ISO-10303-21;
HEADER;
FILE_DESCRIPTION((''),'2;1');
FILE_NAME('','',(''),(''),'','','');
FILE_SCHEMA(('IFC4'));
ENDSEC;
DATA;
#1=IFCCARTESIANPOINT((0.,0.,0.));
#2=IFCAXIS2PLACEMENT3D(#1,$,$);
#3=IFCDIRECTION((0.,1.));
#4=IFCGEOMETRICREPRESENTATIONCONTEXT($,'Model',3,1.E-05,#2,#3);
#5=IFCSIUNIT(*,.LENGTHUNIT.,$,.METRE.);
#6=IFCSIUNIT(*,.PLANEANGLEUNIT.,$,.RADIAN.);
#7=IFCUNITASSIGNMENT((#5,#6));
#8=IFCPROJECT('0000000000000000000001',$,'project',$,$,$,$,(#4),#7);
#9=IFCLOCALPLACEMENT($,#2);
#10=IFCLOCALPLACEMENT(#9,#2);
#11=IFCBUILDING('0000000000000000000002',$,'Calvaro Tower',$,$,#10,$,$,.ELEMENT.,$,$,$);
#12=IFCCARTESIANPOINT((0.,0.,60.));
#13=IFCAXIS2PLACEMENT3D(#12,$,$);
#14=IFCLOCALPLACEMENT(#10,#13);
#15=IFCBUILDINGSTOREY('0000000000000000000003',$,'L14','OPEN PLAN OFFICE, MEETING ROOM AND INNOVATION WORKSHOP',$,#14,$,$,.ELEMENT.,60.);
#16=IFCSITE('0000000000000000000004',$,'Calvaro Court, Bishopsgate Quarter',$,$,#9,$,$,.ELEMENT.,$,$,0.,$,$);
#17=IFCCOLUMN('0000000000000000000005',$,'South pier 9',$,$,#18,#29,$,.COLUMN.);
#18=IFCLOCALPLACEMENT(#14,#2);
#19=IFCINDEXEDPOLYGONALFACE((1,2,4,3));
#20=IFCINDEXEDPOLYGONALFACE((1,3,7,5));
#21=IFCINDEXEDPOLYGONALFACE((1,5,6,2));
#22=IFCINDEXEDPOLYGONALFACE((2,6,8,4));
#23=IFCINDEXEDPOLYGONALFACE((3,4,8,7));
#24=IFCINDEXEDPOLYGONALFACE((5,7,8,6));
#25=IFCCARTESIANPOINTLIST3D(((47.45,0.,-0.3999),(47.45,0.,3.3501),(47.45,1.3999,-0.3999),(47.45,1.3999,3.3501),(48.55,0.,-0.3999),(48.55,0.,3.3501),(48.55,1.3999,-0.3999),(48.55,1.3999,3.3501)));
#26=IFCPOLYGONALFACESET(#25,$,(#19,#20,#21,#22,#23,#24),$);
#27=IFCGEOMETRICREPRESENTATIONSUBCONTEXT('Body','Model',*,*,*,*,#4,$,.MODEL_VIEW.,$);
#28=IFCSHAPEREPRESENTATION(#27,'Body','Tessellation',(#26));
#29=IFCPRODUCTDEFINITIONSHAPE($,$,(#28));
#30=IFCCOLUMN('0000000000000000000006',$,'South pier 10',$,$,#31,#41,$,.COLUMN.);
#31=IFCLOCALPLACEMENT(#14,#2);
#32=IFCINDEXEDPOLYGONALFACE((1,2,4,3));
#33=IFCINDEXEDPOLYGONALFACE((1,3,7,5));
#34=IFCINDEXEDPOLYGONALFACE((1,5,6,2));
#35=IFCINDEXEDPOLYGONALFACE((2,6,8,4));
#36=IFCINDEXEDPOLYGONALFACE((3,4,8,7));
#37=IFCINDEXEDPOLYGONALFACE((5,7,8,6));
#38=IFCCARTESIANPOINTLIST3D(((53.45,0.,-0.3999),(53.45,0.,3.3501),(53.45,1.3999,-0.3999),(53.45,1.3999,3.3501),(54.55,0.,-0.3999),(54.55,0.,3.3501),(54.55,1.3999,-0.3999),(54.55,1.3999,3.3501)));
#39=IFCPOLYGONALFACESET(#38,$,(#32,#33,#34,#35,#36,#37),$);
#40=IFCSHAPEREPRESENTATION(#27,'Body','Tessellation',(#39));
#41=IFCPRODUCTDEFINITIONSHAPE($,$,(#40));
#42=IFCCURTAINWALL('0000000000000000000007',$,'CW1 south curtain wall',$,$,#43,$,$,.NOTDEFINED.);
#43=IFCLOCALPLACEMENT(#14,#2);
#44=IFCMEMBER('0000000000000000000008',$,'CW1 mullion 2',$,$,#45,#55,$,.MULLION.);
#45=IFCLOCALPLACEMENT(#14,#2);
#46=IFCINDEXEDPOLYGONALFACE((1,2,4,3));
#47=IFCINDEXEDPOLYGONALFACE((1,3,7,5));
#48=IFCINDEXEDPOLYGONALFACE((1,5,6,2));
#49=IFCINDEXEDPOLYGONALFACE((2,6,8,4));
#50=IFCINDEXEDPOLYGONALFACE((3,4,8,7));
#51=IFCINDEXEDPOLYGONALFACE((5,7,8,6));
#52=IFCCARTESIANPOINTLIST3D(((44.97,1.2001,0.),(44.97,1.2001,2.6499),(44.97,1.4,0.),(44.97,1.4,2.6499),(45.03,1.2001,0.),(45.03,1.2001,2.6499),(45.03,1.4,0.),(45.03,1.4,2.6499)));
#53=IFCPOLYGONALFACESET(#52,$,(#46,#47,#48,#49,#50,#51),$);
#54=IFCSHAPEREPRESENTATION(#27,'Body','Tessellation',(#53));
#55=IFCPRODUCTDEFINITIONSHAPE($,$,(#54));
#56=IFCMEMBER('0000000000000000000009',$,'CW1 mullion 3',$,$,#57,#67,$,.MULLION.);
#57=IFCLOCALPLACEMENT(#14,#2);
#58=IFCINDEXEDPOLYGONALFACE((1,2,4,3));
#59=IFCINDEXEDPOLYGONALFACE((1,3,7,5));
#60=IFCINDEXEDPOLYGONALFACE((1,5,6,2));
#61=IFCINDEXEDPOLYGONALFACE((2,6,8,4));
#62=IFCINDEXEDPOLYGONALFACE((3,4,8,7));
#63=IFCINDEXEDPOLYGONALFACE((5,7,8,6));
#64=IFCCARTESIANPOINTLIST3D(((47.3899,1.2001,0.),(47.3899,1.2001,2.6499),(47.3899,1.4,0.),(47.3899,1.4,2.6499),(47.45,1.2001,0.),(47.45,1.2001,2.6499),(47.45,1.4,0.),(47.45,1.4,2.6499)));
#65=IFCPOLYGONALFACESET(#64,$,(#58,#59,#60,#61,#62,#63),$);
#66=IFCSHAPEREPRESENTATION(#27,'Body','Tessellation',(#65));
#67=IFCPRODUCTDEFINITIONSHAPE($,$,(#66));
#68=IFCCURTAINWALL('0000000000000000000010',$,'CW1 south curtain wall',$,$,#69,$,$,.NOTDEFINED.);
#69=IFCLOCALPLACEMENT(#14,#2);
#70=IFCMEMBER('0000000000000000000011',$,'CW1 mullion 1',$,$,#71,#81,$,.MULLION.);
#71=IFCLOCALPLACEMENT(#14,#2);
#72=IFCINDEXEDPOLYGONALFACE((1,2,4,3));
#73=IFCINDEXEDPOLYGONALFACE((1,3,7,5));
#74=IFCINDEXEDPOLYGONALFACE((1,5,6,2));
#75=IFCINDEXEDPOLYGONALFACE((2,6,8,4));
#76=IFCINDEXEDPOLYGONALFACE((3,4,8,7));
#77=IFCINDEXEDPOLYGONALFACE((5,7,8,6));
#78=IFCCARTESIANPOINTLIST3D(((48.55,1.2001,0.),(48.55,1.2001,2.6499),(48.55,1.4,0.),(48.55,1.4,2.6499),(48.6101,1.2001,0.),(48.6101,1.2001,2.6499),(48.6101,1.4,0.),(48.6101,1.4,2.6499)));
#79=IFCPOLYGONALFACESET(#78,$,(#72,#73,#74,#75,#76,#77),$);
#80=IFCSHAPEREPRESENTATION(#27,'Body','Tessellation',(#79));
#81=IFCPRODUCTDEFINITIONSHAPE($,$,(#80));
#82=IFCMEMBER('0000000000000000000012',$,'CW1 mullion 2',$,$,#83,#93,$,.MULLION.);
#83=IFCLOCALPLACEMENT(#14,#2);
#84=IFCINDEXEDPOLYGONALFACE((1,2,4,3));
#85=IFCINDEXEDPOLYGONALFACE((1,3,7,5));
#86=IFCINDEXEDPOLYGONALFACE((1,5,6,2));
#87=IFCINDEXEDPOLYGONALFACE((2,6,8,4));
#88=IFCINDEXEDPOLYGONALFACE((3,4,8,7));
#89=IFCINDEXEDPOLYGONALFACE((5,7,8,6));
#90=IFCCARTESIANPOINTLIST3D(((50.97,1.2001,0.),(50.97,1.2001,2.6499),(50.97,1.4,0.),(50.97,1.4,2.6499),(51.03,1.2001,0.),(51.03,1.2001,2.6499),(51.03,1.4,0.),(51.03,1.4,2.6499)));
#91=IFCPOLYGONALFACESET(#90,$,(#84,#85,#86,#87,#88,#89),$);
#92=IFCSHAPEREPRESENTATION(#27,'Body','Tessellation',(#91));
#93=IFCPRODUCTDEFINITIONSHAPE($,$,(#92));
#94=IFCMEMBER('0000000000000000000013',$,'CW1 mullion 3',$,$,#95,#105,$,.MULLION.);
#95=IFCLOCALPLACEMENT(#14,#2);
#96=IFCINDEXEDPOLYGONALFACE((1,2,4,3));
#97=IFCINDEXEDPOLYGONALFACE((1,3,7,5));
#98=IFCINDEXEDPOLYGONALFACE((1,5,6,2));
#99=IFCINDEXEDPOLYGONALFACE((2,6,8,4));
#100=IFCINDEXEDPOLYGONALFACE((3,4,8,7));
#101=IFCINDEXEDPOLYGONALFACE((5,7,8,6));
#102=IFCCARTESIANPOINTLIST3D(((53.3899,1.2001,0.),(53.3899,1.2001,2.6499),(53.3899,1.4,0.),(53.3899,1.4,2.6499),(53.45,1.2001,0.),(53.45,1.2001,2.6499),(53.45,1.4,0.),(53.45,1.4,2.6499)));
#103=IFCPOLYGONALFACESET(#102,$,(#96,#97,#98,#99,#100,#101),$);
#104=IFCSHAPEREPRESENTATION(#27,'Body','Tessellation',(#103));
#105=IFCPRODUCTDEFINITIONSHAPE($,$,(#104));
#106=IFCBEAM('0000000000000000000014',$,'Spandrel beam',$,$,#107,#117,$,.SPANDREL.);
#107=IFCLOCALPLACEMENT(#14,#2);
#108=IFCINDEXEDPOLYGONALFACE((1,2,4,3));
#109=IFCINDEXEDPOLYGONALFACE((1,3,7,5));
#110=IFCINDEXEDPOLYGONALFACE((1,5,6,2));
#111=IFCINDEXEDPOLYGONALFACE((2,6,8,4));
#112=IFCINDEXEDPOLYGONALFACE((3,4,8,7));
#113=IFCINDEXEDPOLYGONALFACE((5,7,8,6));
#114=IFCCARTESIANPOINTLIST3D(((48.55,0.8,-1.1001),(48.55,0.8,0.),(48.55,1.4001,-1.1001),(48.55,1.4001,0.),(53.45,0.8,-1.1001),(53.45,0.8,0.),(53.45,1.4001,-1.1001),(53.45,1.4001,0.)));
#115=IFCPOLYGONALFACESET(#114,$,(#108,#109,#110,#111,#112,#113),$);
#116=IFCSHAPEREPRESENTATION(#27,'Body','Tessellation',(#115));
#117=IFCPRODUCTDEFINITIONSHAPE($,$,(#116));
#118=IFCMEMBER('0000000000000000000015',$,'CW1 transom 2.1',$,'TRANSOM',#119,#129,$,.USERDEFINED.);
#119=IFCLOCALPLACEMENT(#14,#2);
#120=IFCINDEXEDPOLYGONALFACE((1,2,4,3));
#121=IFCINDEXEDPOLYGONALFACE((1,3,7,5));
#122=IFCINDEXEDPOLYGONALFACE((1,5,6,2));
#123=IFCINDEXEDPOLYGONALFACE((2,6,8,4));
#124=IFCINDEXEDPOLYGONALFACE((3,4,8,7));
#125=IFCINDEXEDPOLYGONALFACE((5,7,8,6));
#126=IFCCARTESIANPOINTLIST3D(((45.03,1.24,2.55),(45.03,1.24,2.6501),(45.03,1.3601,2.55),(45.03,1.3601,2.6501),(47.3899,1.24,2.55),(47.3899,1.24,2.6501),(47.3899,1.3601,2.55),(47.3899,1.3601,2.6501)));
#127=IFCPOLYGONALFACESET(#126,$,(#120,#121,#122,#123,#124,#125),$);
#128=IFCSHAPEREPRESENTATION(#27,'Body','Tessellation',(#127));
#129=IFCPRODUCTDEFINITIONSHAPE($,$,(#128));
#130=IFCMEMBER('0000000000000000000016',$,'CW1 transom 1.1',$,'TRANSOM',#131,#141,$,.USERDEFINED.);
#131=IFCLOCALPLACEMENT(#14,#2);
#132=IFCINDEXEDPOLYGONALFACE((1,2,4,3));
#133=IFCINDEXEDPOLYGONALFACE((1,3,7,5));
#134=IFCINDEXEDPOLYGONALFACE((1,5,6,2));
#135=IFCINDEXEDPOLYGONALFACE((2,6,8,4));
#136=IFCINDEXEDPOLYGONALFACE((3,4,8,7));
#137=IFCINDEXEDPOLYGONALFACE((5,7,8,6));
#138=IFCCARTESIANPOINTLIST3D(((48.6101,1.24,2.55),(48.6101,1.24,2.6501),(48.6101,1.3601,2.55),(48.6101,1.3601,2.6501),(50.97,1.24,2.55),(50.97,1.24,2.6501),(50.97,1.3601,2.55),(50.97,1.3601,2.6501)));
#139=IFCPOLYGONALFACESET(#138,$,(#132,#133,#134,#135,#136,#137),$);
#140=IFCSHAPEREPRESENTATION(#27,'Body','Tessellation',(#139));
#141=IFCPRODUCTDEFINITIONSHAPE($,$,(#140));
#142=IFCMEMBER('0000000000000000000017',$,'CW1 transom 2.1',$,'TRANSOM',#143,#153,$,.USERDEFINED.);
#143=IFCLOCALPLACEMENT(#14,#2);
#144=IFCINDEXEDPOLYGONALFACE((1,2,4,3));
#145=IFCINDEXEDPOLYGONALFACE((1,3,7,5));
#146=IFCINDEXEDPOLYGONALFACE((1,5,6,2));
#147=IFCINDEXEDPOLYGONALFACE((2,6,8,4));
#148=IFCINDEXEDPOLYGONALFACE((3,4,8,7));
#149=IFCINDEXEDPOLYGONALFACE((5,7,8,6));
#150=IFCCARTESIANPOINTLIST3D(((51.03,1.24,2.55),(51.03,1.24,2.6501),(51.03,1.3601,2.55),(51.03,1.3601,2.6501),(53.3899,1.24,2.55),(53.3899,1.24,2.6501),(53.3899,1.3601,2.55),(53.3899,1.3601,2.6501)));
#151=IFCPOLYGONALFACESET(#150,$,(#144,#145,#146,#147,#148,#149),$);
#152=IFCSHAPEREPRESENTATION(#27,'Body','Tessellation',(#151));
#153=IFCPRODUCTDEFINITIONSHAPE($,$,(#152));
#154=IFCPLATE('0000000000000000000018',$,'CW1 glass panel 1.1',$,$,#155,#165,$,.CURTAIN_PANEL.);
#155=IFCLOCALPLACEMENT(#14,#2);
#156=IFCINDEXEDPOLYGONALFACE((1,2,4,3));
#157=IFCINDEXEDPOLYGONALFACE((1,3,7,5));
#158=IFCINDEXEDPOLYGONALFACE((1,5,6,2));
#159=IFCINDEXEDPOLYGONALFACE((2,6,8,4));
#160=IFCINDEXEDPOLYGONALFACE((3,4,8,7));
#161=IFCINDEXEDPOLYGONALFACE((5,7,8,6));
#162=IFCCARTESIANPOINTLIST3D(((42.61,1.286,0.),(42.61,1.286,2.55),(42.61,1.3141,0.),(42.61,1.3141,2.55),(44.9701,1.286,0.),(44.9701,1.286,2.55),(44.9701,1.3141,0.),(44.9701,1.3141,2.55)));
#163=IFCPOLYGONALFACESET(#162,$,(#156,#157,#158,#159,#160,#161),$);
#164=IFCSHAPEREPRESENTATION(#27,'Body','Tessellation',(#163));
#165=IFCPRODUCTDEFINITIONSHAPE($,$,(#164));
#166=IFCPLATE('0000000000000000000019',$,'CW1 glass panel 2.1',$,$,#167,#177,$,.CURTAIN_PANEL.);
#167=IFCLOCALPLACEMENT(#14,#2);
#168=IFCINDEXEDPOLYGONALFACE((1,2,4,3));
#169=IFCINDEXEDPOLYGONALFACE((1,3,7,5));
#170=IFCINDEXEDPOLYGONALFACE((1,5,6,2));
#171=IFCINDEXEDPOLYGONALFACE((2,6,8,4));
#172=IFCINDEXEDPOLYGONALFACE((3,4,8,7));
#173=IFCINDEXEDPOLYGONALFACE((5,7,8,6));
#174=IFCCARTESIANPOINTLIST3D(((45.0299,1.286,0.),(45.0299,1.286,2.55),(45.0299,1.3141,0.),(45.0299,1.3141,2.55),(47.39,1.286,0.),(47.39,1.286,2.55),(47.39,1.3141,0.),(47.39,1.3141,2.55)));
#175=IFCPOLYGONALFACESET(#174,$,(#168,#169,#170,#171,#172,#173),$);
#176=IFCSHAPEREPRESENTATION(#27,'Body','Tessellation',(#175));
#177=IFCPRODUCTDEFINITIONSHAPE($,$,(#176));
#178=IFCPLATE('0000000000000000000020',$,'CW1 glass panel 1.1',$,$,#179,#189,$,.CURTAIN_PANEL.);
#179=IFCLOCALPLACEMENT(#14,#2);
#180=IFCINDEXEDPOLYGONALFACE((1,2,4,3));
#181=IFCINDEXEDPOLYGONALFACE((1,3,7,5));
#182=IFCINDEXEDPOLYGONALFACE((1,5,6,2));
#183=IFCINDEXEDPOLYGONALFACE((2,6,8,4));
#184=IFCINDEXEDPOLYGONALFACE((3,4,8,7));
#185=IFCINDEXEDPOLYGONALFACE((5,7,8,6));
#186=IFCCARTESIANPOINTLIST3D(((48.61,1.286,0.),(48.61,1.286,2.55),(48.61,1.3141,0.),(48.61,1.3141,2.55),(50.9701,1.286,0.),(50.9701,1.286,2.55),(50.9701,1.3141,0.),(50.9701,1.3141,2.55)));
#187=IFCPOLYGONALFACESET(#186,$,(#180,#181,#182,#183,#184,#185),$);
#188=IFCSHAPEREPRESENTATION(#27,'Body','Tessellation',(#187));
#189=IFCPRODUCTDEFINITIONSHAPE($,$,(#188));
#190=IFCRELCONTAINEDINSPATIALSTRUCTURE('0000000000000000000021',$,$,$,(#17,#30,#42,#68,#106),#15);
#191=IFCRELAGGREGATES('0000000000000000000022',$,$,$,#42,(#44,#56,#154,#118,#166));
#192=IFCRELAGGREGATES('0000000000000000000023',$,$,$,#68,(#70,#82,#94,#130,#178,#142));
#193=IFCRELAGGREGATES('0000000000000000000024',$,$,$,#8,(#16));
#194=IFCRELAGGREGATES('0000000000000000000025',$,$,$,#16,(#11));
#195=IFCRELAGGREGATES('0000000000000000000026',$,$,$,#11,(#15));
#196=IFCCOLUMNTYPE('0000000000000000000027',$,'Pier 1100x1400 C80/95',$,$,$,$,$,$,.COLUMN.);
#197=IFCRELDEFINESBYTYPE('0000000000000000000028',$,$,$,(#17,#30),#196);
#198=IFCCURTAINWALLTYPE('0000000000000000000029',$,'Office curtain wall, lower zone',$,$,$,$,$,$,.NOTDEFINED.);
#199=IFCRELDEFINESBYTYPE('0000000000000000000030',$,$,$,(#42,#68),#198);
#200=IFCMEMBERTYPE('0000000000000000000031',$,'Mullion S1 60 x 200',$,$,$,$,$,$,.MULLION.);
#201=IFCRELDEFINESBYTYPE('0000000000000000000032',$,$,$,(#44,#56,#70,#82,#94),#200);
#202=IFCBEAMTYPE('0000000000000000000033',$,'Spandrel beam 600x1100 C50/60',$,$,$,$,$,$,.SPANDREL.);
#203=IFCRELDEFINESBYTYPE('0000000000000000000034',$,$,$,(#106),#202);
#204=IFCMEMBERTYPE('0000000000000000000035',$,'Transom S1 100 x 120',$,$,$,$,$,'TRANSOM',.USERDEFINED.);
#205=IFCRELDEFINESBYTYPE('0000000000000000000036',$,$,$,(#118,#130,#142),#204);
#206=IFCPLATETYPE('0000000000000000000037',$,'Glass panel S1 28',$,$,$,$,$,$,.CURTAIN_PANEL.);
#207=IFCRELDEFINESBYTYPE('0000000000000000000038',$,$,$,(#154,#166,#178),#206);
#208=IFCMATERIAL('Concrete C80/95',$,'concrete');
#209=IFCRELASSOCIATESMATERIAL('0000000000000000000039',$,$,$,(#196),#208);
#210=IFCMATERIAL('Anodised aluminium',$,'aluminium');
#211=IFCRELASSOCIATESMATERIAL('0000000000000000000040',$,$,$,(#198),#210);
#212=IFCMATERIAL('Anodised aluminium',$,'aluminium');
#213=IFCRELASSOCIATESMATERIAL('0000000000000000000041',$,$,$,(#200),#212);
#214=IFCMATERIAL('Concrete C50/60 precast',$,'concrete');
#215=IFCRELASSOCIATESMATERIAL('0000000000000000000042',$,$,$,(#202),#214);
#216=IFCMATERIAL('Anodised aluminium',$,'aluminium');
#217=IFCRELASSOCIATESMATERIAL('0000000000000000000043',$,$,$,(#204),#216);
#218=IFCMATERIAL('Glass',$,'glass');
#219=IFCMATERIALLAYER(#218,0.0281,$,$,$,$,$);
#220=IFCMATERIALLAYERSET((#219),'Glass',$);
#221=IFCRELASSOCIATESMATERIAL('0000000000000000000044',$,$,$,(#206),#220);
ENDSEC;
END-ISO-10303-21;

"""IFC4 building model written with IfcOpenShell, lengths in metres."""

from ifc_helpers import new_model, si_unit, direction, frame, origin, origin_2d, place, context, subcontext, project, spatial, rectangle, extrude, material, layer, layer_set, material_profile, profile_set, type_object, element, aggregate, save


model = new_model("IFC4")

# Units and contexts
model_context = context("Model", 3, precision=1e-05, world=origin(), true_north=direction((0.0, 1.0)))
body_context = subcontext(model_context, "Body", "Model", "MODEL_VIEW")
ifc_project = project(units=[si_unit("LENGTHUNIT", "METRE"), si_unit("PLANEANGLEUNIT", "RADIAN")], contexts=[model_context])

# Site, building, storey
site_placement = place(None, origin())
site = spatial("IfcSite", under=ifc_project, at=site_placement, Name="Calvaro Court, Bishopsgate Quarter", CompositionType="ELEMENT", RefElevation=0.0)
building_placement = place(site_placement, origin())
building = spatial("IfcBuilding", under=site, at=building_placement, Name="Calvaro Tower", CompositionType="ELEMENT")
storey_placement = place(building_placement, frame((0.0, 0.0, 60.0)))
storey = spatial("IfcBuildingStorey", under=building, at=storey_placement, Name="L14", Description="OPEN PLAN OFFICE, MEETING ROOM AND INNOVATION WORKSHOP", CompositionType="ELEMENT", Elevation=60.0)

# Columns
ifc_material_1 = material(Name="Concrete C80/95", Category="concrete")
ifc_material_profile_1 = material_profile(ifc_material_1, rectangle(XDim=1.1001, YDim=1.3999, at=origin_2d()), Name="RC 1100x1400")
ifc_profile_set_1 = profile_set([ifc_material_profile_1], Name="Concrete C80/95")
column_type = type_object("IfcColumnType", Name="Pier 1100x1400 C80/95", PredefinedType="COLUMN", material=ifc_profile_set_1)
for number, where, z_axis, x_axis, name in (
    (1, (48.0, 0.7, -0.3999), (0.0, 0.0, 1.0), (1.0, 0.0, 0.0), "South pier 9"),
    (2, (54.0, 0.7, -0.3999), (0.0, 0.0, 1.0), (1.0, 0.0, 0.0), "South pier 10"),
):
    element("IfcColumn", number, at=place(storey_placement, frame(where, z_axis=z_axis, x_axis=x_axis)), inside=storey, type_object=column_type, Name=name, PredefinedType="COLUMN", context=body_context, shape_type="SweptSolid", body=[
        extrude(rectangle(XDim=1.1001, YDim=1.3999, at=origin_2d()), origin(), (0.0, 0.0, 1.0), 3.75),
    ])

# Curtain walls, members
ifc_material_2 = material(Name="Anodised aluminium", Category="aluminium")
curtain_wall_type = type_object("IfcCurtainWallType", Name="Office curtain wall, lower zone", PredefinedType="NOTDEFINED", material=ifc_material_2)
curtain_wall_1_placement = place(storey_placement, origin())
curtain_wall_1 = element("IfcCurtainWall", 3, at=curtain_wall_1_placement, inside=storey, type_object=curtain_wall_type, Name="CW1 south curtain wall", PredefinedType="NOTDEFINED")
ifc_material_3 = material(Name="Anodised aluminium", Category="aluminium")
ifc_material_profile_2 = material_profile(ifc_material_3, rectangle(XDim=0.2, YDim=0.0601, at=origin_2d()), Name="Mullion S1 60 x 200")
ifc_profile_set_2 = profile_set([ifc_material_profile_2], Name="Anodised aluminium")
member_type_1 = type_object("IfcMemberType", Name="Mullion S1 60 x 200", PredefinedType="MULLION", material=ifc_profile_set_2)
member_1_placement = place(storey_placement, frame((45.0, 1.3, 0.0), z_axis=(0.0, 0.0, 1.0), x_axis=(0.0, 1.0, 0.0)))
member_1 = element("IfcMember", 4, at=member_1_placement, type_object=member_type_1, Name="CW1 mullion 2", PredefinedType="MULLION", context=body_context, shape_type="SweptSolid", body=[
    extrude(rectangle(XDim=0.2, YDim=0.0601, at=origin_2d()), origin(), (0.0, 0.0, 1.0), 2.6499),
])
member_2_placement = place(storey_placement, frame((47.4199, 1.3, 0.0), z_axis=(0.0, 0.0, 1.0), x_axis=(0.0, 1.0, 0.0)))
member_2 = element("IfcMember", 5, at=member_2_placement, type_object=member_type_1, Name="CW1 mullion 3", PredefinedType="MULLION", context=body_context, shape_type="SweptSolid", body=[
    extrude(rectangle(XDim=0.2, YDim=0.0601, at=origin_2d()), origin(), (0.0, 0.0, 1.0), 2.6499),
])
curtain_wall_2_placement = place(storey_placement, origin())
curtain_wall_2 = element("IfcCurtainWall", 6, at=curtain_wall_2_placement, inside=storey, type_object=curtain_wall_type, Name="CW1 south curtain wall", PredefinedType="NOTDEFINED")
member_3_placement = place(storey_placement, frame((48.5801, 1.3, 0.0), z_axis=(0.0, 0.0, 1.0), x_axis=(0.0, 1.0, 0.0)))
member_3 = element("IfcMember", 7, at=member_3_placement, type_object=member_type_1, Name="CW1 mullion 1", PredefinedType="MULLION", context=body_context, shape_type="SweptSolid", body=[
    extrude(rectangle(XDim=0.2, YDim=0.0601, at=origin_2d()), origin(), (0.0, 0.0, 1.0), 2.6499),
])
member_4_placement = place(storey_placement, frame((51.0, 1.3, 0.0), z_axis=(0.0, 0.0, 1.0), x_axis=(0.0, 1.0, 0.0)))
member_4 = element("IfcMember", 8, at=member_4_placement, type_object=member_type_1, Name="CW1 mullion 2", PredefinedType="MULLION", context=body_context, shape_type="SweptSolid", body=[
    extrude(rectangle(XDim=0.2, YDim=0.0601, at=origin_2d()), origin(), (0.0, 0.0, 1.0), 2.6499),
])
member_5_placement = place(storey_placement, frame((53.4199, 1.3, 0.0), z_axis=(0.0, 0.0, 1.0), x_axis=(0.0, 1.0, 0.0)))
member_5 = element("IfcMember", 9, at=member_5_placement, type_object=member_type_1, Name="CW1 mullion 3", PredefinedType="MULLION", context=body_context, shape_type="SweptSolid", body=[
    extrude(rectangle(XDim=0.2, YDim=0.0601, at=origin_2d()), origin(), (0.0, 0.0, 1.0), 2.6499),
])

# Beam
ifc_material_4 = material(Name="Concrete C50/60 precast", Category="concrete")
ifc_material_profile_3 = material_profile(ifc_material_4, rectangle(XDim=0.6001, YDim=1.1001, at=origin_2d()), Name="RC 600x1100")
ifc_profile_set_3 = profile_set([ifc_material_profile_3], Name="Concrete C50/60 precast")
beam_type = type_object("IfcBeamType", Name="Spandrel beam 600x1100 C50/60", PredefinedType="SPANDREL", material=ifc_profile_set_3)
beam_placement = place(storey_placement, frame((48.55, 1.1001, -0.55), z_axis=(1.0, 0.0, 0.0), x_axis=(0.0, 1.0, 0.0)))
element("IfcBeam", 10, at=beam_placement, inside=storey, type_object=beam_type, Name="Spandrel beam", PredefinedType="SPANDREL", context=body_context, shape_type="SweptSolid", body=[
    extrude(rectangle(XDim=0.6001, YDim=1.1001, at=origin_2d()), origin(), (0.0, 0.0, 1.0), 4.8999),
])

# Members
ifc_material_5 = material(Name="Anodised aluminium", Category="aluminium")
ifc_material_profile_4 = material_profile(ifc_material_5, rectangle(XDim=0.1201, YDim=0.1001, at=origin_2d()), Name="Transom S1 100 x 120")
ifc_profile_set_4 = profile_set([ifc_material_profile_4], Name="Anodised aluminium")
member_type_2 = type_object("IfcMemberType", Name="Transom S1 100 x 120", ElementType="TRANSOM", PredefinedType="USERDEFINED", material=ifc_profile_set_4)
member_6_placement = place(storey_placement, frame((45.03, 1.3, 2.6001), z_axis=(1.0, 0.0, 0.0), x_axis=(0.0, 1.0, 0.0)))
member_6 = element("IfcMember", 11, at=member_6_placement, type_object=member_type_2, Name="CW1 transom 2.1", ObjectType="TRANSOM", PredefinedType="USERDEFINED", context=body_context, shape_type="SweptSolid", body=[
    extrude(rectangle(XDim=0.1201, YDim=0.1001, at=origin_2d()), origin(), (0.0, 0.0, 1.0), 2.3599),
])
member_7_placement = place(storey_placement, frame((48.6101, 1.3, 2.6001), z_axis=(1.0, 0.0, 0.0), x_axis=(0.0, 1.0, 0.0)))
member_7 = element("IfcMember", 12, at=member_7_placement, type_object=member_type_2, Name="CW1 transom 1.1", ObjectType="TRANSOM", PredefinedType="USERDEFINED", context=body_context, shape_type="SweptSolid", body=[
    extrude(rectangle(XDim=0.1201, YDim=0.1001, at=origin_2d()), origin(), (0.0, 0.0, 1.0), 2.3599),
])
member_8_placement = place(storey_placement, frame((51.03, 1.3, 2.6001), z_axis=(1.0, 0.0, 0.0), x_axis=(0.0, 1.0, 0.0)))
member_8 = element("IfcMember", 13, at=member_8_placement, type_object=member_type_2, Name="CW1 transom 2.1", ObjectType="TRANSOM", PredefinedType="USERDEFINED", context=body_context, shape_type="SweptSolid", body=[
    extrude(rectangle(XDim=0.1201, YDim=0.1001, at=origin_2d()), origin(), (0.0, 0.0, 1.0), 2.3599),
])

# Plates
ifc_material_6 = material(Name="Glass", Category="glass")
ifc_layer_1 = layer(ifc_material_6, 0.0281)
ifc_layer_set_1 = layer_set([ifc_layer_1], Name="Glass")
plate_type = type_object("IfcPlateType", Name="Glass panel S1 28", PredefinedType="CURTAIN_PANEL", material=ifc_layer_set_1)
plate_1_placement = place(storey_placement, frame((43.79, 1.3, 0.0), z_axis=(0.0, 0.0, 1.0), x_axis=(1.0, 0.0, 0.0)))
plate_1 = element("IfcPlate", 14, at=plate_1_placement, type_object=plate_type, Name="CW1 glass panel 1.1", PredefinedType="CURTAIN_PANEL", context=body_context, shape_type="SweptSolid", body=[
    extrude(rectangle(XDim=2.3601, YDim=0.0281, at=origin_2d()), origin(), (0.0, 0.0, 1.0), 2.55),
])
plate_2_placement = place(storey_placement, frame((46.21, 1.3, 0.0), z_axis=(0.0, 0.0, 1.0), x_axis=(1.0, 0.0, 0.0)))
plate_2 = element("IfcPlate", 15, at=plate_2_placement, type_object=plate_type, Name="CW1 glass panel 2.1", PredefinedType="CURTAIN_PANEL", context=body_context, shape_type="SweptSolid", body=[
    extrude(rectangle(XDim=2.3601, YDim=0.0281, at=origin_2d()), origin(), (0.0, 0.0, 1.0), 2.55),
])
aggregate(curtain_wall_1, [member_1, member_2, plate_1, member_6, plate_2])
plate_3_placement = place(storey_placement, frame((49.79, 1.3, 0.0), z_axis=(0.0, 0.0, 1.0), x_axis=(1.0, 0.0, 0.0)))
plate_3 = element("IfcPlate", 16, at=plate_3_placement, type_object=plate_type, Name="CW1 glass panel 1.1", PredefinedType="CURTAIN_PANEL", context=body_context, shape_type="SweptSolid", body=[
    extrude(rectangle(XDim=2.3601, YDim=0.0281, at=origin_2d()), origin(), (0.0, 0.0, 1.0), 2.55),
])
aggregate(curtain_wall_2, [member_3, member_4, member_5, member_7, plate_3, member_8])

save(model, "model.ifc")
